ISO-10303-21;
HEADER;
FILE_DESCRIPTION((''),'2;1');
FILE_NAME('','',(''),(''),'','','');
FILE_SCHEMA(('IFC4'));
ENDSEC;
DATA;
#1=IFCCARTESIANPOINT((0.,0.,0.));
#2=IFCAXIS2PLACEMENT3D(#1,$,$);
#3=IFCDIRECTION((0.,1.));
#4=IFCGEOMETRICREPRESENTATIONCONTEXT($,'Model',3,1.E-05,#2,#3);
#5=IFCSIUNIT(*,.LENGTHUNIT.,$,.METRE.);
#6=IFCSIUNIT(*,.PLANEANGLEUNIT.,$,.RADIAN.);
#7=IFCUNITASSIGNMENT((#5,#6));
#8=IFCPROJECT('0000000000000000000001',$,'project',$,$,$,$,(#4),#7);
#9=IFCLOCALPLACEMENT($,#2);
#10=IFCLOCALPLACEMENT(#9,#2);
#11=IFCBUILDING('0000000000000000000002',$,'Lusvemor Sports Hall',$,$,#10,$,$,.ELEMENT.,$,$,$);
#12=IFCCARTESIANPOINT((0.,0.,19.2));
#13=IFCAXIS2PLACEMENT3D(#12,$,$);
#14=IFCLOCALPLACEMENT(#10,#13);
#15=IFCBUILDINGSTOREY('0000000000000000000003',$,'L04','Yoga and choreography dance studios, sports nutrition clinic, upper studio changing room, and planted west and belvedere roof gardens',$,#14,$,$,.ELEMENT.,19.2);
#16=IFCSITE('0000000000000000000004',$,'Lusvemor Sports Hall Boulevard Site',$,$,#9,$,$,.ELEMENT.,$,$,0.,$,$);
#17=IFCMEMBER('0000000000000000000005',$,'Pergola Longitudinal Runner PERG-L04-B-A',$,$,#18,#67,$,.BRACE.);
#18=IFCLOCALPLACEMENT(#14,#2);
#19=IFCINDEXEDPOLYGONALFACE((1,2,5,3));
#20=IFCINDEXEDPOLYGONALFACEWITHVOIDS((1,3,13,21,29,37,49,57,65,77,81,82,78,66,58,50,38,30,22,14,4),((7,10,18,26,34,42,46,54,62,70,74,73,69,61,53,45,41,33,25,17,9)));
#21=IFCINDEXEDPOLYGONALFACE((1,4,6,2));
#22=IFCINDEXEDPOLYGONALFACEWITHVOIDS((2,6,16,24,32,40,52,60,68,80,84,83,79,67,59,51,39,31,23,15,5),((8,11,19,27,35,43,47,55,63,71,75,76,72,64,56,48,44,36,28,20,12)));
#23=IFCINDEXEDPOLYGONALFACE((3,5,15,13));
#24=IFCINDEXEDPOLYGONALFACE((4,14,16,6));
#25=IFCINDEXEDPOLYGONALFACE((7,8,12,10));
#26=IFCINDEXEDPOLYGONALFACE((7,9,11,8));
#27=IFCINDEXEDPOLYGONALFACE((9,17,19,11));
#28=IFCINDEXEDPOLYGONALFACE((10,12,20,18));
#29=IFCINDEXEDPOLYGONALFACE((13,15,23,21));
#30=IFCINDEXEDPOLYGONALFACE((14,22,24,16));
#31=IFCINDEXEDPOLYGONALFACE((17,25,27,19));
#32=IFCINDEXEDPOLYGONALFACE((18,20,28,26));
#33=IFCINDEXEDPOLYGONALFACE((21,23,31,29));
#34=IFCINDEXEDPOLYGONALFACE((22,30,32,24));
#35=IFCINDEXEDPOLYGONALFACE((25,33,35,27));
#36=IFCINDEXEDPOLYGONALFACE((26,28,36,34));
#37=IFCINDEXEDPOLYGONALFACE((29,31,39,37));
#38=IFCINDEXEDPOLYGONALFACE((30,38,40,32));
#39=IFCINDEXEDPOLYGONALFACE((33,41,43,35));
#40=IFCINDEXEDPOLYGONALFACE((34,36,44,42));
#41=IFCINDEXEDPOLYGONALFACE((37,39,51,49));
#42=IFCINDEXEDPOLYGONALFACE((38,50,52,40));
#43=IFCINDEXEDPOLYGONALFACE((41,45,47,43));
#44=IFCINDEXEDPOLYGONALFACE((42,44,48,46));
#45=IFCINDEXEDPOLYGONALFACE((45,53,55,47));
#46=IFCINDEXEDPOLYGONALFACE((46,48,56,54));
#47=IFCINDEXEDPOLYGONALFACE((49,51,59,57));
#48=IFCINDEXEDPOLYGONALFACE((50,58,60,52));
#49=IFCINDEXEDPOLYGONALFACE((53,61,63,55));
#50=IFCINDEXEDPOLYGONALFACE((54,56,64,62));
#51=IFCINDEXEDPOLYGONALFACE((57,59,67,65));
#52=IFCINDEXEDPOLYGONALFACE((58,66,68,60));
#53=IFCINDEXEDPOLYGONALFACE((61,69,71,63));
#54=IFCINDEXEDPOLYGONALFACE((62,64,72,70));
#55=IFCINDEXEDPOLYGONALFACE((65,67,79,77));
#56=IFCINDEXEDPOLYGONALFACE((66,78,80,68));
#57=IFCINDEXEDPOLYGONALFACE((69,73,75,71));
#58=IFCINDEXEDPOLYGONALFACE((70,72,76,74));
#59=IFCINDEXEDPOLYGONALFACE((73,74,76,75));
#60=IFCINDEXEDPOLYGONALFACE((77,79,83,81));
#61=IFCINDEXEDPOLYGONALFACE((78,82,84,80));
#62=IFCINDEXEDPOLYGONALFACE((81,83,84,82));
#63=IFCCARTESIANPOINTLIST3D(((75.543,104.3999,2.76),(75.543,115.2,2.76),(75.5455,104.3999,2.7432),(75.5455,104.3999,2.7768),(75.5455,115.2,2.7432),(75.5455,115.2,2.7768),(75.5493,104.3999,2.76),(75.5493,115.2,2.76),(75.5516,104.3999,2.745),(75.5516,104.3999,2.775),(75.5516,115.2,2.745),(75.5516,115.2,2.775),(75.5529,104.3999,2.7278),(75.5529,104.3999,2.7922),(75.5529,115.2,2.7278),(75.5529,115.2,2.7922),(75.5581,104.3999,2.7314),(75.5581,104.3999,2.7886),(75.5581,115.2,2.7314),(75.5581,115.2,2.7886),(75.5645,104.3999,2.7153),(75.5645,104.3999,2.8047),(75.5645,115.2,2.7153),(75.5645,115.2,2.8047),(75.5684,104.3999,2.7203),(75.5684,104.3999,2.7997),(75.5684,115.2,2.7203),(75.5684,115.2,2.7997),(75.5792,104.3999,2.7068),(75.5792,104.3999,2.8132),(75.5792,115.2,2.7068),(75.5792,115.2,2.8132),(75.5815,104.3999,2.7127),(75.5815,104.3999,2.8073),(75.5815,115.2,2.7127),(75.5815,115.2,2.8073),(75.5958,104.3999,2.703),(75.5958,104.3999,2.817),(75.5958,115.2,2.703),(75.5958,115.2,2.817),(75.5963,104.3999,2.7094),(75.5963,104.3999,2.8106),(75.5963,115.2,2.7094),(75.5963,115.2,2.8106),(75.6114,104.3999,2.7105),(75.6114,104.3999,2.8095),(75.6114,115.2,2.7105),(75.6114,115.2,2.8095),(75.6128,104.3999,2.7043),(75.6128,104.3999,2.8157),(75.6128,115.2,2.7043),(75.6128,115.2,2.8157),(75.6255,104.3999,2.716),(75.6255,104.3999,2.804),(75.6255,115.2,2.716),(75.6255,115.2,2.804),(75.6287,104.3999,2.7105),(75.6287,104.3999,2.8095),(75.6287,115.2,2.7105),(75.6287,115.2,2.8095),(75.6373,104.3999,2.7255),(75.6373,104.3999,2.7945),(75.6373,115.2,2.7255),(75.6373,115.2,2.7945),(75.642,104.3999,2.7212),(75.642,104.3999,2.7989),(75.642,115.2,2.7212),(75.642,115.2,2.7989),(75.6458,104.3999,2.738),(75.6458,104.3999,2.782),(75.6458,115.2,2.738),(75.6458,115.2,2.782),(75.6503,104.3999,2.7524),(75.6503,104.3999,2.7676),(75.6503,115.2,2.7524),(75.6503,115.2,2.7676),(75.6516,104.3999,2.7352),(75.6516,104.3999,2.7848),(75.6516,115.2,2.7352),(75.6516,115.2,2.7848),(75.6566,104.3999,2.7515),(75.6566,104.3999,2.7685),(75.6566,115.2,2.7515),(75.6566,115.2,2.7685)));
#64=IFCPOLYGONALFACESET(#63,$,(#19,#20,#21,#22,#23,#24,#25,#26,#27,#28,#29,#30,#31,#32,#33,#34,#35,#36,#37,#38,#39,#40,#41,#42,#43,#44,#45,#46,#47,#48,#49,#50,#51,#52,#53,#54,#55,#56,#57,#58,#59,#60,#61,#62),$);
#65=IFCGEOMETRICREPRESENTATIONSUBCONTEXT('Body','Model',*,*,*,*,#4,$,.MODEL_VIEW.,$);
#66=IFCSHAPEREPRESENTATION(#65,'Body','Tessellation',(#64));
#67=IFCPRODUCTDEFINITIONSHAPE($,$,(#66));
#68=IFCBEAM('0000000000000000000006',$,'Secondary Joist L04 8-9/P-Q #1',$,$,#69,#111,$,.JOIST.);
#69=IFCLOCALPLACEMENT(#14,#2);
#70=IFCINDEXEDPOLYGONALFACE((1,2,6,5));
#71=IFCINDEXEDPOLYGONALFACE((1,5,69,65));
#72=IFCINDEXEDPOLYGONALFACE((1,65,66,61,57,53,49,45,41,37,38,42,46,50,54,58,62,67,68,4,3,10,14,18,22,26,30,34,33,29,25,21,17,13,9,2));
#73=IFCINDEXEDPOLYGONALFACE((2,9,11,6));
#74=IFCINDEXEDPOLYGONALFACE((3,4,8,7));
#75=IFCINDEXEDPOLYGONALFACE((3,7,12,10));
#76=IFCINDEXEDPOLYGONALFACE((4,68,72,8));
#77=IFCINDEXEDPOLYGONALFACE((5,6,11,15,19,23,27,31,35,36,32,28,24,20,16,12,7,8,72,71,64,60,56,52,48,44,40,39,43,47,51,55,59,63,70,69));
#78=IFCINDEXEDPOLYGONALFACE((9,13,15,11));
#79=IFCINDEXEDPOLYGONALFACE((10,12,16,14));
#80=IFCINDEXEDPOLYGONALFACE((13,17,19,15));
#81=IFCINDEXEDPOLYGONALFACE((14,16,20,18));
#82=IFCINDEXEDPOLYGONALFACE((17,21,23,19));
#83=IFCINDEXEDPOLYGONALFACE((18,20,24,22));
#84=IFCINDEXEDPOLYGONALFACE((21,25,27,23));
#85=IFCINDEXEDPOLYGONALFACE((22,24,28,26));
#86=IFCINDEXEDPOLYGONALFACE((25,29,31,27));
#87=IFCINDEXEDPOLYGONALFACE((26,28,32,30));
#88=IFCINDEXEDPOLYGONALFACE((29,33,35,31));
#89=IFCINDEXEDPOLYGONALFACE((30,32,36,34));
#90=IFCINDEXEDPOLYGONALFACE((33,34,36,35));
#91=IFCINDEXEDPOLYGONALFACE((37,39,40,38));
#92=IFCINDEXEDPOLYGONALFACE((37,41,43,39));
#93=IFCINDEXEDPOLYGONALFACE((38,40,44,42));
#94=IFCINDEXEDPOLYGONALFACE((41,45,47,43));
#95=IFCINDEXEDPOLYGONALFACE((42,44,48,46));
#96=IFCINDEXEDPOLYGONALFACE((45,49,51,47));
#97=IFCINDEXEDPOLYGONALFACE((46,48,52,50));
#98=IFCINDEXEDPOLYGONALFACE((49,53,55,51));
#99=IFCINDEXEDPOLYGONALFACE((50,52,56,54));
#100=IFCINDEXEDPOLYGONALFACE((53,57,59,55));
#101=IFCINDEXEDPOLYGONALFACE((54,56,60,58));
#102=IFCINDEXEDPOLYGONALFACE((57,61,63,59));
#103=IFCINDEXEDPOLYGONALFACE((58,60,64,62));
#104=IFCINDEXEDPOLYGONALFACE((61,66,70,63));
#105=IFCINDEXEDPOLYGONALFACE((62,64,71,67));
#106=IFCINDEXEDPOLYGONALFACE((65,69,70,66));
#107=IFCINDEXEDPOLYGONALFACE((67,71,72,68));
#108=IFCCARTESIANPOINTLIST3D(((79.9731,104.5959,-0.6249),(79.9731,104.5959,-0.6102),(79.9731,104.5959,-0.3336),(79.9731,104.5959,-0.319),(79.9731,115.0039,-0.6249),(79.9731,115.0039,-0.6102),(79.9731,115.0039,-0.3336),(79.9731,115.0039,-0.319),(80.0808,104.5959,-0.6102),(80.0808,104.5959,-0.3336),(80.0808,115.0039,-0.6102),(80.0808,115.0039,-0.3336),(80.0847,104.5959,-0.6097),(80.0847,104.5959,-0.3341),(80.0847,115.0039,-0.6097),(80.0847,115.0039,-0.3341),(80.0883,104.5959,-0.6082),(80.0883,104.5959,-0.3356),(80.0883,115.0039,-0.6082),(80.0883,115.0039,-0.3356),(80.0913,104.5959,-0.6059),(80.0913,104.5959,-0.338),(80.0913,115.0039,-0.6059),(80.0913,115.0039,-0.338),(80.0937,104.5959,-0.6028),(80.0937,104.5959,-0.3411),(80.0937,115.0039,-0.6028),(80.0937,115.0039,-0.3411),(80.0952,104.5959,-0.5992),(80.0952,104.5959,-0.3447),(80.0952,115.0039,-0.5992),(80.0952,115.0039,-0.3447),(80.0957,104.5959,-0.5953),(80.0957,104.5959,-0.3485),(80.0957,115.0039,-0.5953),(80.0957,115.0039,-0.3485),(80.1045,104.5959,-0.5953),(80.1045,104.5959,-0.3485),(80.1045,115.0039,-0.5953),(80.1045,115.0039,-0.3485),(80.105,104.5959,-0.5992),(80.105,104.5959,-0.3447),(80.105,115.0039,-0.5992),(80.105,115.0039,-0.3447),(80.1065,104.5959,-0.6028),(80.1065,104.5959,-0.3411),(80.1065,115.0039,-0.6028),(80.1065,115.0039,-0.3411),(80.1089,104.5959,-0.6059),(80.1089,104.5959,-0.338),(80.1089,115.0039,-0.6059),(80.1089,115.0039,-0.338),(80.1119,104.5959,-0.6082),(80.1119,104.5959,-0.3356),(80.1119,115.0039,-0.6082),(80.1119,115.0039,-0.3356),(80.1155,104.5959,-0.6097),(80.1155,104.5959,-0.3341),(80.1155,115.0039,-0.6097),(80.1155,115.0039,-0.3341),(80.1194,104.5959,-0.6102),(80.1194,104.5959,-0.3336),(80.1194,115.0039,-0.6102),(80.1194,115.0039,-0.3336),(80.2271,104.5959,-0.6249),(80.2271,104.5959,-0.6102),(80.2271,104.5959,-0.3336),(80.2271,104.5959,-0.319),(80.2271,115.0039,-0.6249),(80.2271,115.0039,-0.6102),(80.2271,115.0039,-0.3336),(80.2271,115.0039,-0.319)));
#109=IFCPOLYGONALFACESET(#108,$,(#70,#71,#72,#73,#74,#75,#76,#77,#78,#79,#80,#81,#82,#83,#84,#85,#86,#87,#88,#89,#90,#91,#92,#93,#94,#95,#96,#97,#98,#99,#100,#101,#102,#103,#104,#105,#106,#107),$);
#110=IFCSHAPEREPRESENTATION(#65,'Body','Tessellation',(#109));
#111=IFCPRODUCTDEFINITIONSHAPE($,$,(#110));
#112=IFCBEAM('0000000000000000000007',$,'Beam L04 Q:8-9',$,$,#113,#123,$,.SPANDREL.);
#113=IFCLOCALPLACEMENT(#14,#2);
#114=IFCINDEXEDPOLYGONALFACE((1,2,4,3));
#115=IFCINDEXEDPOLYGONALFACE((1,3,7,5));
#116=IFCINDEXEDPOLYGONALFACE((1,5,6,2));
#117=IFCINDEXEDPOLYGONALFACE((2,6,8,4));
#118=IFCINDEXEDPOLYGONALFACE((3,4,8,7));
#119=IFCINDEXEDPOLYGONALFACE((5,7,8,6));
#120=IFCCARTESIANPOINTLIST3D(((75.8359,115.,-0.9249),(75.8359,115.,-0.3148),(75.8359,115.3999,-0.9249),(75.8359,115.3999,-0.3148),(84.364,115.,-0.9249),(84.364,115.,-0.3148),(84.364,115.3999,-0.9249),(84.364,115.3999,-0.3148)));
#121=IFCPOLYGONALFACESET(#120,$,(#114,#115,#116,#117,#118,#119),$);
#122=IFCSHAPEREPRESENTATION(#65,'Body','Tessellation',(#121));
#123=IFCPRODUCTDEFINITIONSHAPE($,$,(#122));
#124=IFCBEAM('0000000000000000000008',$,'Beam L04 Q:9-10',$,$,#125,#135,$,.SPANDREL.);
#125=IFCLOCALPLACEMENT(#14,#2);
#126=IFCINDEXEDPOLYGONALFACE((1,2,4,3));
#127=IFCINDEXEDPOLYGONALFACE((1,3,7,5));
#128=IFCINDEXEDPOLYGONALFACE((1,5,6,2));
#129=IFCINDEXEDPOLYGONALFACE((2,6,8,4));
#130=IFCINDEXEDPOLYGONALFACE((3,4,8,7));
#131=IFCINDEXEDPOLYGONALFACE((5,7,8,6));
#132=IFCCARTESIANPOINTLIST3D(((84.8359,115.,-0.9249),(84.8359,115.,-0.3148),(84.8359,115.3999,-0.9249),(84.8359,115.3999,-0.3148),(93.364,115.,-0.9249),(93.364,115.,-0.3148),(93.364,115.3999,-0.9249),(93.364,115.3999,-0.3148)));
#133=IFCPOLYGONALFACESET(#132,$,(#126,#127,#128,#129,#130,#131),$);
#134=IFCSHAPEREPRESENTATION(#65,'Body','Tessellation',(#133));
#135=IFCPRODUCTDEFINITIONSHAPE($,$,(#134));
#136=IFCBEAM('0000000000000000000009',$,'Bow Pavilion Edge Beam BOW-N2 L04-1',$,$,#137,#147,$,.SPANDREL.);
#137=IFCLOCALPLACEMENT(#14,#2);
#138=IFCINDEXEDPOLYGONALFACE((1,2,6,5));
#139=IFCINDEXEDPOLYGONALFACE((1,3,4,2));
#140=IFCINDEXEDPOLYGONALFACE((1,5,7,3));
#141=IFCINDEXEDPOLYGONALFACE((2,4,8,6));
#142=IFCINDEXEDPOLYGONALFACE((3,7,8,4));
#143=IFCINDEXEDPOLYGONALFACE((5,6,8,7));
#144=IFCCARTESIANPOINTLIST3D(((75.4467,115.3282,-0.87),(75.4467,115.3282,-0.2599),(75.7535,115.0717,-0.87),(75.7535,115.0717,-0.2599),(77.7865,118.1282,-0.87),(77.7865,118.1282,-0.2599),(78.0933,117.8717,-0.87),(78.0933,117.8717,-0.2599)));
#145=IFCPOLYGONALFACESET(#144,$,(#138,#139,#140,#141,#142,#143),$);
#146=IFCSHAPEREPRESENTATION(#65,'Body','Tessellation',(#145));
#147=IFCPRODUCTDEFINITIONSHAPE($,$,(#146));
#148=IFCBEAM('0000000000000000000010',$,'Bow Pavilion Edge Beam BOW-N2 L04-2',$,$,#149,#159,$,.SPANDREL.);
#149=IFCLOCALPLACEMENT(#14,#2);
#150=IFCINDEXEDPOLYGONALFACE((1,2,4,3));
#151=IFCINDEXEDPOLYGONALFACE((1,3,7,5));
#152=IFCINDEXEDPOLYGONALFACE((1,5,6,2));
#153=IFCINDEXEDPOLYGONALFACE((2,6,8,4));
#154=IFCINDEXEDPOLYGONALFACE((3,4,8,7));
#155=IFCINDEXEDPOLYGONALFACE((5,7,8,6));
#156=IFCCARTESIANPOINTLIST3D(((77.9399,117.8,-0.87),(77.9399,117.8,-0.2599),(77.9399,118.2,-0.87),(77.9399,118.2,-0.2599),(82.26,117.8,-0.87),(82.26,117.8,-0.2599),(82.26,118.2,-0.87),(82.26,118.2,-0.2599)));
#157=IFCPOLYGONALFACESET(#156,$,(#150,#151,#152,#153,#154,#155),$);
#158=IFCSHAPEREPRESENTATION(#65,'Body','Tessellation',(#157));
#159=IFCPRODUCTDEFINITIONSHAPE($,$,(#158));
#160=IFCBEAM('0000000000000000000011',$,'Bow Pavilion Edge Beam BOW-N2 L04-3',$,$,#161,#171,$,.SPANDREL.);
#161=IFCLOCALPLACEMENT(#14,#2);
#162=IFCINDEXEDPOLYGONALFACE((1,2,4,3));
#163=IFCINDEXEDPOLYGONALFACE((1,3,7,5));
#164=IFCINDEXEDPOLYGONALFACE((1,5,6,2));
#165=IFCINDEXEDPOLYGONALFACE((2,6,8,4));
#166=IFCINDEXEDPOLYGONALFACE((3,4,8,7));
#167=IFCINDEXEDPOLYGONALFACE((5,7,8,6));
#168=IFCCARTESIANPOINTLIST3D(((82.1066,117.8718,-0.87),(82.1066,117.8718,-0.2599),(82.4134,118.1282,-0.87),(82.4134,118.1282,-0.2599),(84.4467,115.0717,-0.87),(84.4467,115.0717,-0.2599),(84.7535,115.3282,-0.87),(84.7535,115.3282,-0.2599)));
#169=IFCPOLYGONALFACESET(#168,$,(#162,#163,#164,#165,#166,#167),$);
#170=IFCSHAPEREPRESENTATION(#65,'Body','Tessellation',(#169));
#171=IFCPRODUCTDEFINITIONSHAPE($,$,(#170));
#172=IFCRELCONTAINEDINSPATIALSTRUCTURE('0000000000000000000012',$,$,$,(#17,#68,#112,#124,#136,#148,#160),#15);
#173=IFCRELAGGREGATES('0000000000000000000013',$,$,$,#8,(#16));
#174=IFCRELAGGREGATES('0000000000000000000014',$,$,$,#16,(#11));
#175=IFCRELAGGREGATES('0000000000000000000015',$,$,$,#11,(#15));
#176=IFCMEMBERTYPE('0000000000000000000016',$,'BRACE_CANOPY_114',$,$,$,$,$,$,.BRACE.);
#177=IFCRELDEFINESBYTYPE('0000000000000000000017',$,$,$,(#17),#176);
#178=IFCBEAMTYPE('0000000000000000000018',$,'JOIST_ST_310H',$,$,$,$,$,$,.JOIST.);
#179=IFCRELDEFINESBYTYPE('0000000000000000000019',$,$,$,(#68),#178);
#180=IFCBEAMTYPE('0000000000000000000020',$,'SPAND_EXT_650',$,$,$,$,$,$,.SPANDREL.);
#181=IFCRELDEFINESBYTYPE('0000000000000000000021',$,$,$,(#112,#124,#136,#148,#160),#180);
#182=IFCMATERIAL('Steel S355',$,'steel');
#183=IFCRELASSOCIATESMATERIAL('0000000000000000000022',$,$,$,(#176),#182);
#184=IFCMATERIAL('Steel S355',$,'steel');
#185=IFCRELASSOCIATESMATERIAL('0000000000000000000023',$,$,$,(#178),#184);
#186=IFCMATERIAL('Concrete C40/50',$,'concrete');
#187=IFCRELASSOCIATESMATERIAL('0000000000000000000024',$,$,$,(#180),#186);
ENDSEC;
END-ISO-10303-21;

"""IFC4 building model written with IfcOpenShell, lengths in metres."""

from ifc_helpers import new_model, si_unit, direction, frame, origin, origin_2d, place, context, subcontext, project, spatial, rectangle, hollow_circle, i_section, extrude, material, material_profile, profile_set, type_object, element, save


model = new_model("IFC4")

# Units and contexts
model_context = context("Model", 3, precision=1e-05, world=origin(), true_north=direction((0.0, 1.0)))
body_context = subcontext(model_context, "Body", "Model", "MODEL_VIEW")
ifc_project = project(units=[si_unit("LENGTHUNIT", "METRE"), si_unit("PLANEANGLEUNIT", "RADIAN")], contexts=[model_context])

# Site, building, storey
site_placement = place(None, origin())
site = spatial("IfcSite", under=ifc_project, at=site_placement, Name="Lusvemor Sports Hall Boulevard Site", CompositionType="ELEMENT", RefElevation=0.0)
building_placement = place(site_placement, origin())
building = spatial("IfcBuilding", under=site, at=building_placement, Name="Lusvemor Sports Hall", CompositionType="ELEMENT")
storey_placement = place(building_placement, frame((0.0, 0.0, 19.2)))
storey = spatial("IfcBuildingStorey", under=building, at=storey_placement, Name="L04", Description="Yoga and choreography dance studios, sports nutrition clinic, upper studio changing room, and planted west and belvedere roof gardens", CompositionType="ELEMENT", Elevation=19.2)

# Member
ifc_material_1 = material(Name="Steel S355", Category="steel")
ifc_material_profile_1 = material_profile(ifc_material_1, hollow_circle(Radius=0.0571, WallThickness=0.0063, at=origin_2d()), Name="CHS114.3x6.3")
ifc_profile_set_1 = profile_set([ifc_material_profile_1], Name="Steel S355")
member_type_1 = type_object("IfcMemberType", Name="BRACE_CANOPY_114", PredefinedType="BRACE", material=ifc_profile_set_1)
member_placement = place(storey_placement, frame((75.6001, 104.3999, 2.76), z_axis=(0.0, 1.0, 0.0), x_axis=(-1.0, 0.0, 0.0)))
element("IfcMember", 1, at=member_placement, inside=storey, type_object=member_type_1, Name="Pergola Longitudinal Runner PERG-L04-B-A", PredefinedType="BRACE", context=body_context, shape_type="SweptSolid", body=[
    extrude(hollow_circle(Radius=0.0571, WallThickness=0.0063, at=origin_2d()), origin(), (0.0, 0.0, 1.0), 10.8),
])

# Beams
ifc_material_2 = material(Name="Steel S355", Category="steel")
ifc_material_profile_2 = material_profile(ifc_material_2, i_section(OverallWidth=0.2539, OverallDepth=0.3059, WebThickness=0.0088, FlangeThickness=0.0146, FilletRadius=0.0149, at=origin_2d()), Name="W310x79.0")
ifc_profile_set_2 = profile_set([ifc_material_profile_2], Name="Steel S355")
beam_type_1 = type_object("IfcBeamType", Name="JOIST_ST_310H", PredefinedType="JOIST", material=ifc_profile_set_2)
beam_1_placement = place(storey_placement, frame((80.1001, 104.5959, -0.4719), z_axis=(0.0, 1.0, 0.0), x_axis=(-1.0, 0.0, 0.0)))
element("IfcBeam", 2, at=beam_1_placement, inside=storey, type_object=beam_type_1, Name="Secondary Joist L04 8-9/P-Q #1", PredefinedType="JOIST", context=body_context, shape_type="SweptSolid", body=[
    extrude(i_section(OverallWidth=0.2539, OverallDepth=0.3059, WebThickness=0.0088, FlangeThickness=0.0146, FilletRadius=0.0149, at=origin_2d()), origin(), (0.0, 0.0, 1.0), 10.408),
])
ifc_material_3 = material(Name="Concrete C40/50", Category="concrete")
ifc_material_profile_3 = material_profile(ifc_material_3, rectangle(XDim=0.3999, YDim=0.6101, at=origin_2d()), Name="RC400x610")
ifc_profile_set_3 = profile_set([ifc_material_profile_3], Name="Concrete C40/50")
beam_type_2 = type_object("IfcBeamType", Name="SPAND_EXT_650", PredefinedType="SPANDREL", material=ifc_profile_set_3)
for number, where, z_axis, x_axis, name in (
    (3, (75.8359, 115.2, -0.6199), (1.0, 0.0, 0.0), (0.0, 1.0, 0.0), "Beam L04 Q:8-9"),
    (4, (84.8359, 115.2, -0.6199), (1.0, 0.0, 0.0), (0.0, 1.0, 0.0), "Beam L04 Q:9-10"),
):
    element("IfcBeam", number, at=place(storey_placement, frame(where, z_axis=z_axis, x_axis=x_axis)), inside=storey, type_object=beam_type_2, Name=name, PredefinedType="SPANDREL", context=body_context, shape_type="SweptSolid", body=[
        extrude(rectangle(XDim=0.3999, YDim=0.6101, at=origin_2d()), origin(), (0.0, 0.0, 1.0), 8.5281),
    ])
beam_2_placement = place(storey_placement, frame((75.6001, 115.2, -0.5649), z_axis=(0.64123, 0.767349, 0.0), x_axis=(-0.767349, 0.64123, 0.0)))
element("IfcBeam", 5, at=beam_2_placement, inside=storey, type_object=beam_type_2, Name="Bow Pavilion Edge Beam BOW-N2 L04-1", PredefinedType="SPANDREL", context=body_context, shape_type="SweptSolid", body=[
    extrude(rectangle(XDim=0.3999, YDim=0.6101, at=origin_2d()), origin(), (0.0, 0.0, 1.0), 3.6489),
])
beam_3_placement = place(storey_placement, frame((77.9399, 118.0, -0.5649), z_axis=(1.0, 0.0, 0.0), x_axis=(0.0, 1.0, 0.0)))
element("IfcBeam", 6, at=beam_3_placement, inside=storey, type_object=beam_type_2, Name="Bow Pavilion Edge Beam BOW-N2 L04-2", PredefinedType="SPANDREL", context=body_context, shape_type="SweptSolid", body=[
    extrude(rectangle(XDim=0.3999, YDim=0.6101, at=origin_2d()), origin(), (0.0, 0.0, 1.0), 4.3201),
])
beam_4_placement = place(storey_placement, frame((82.26, 118.0, -0.5649), z_axis=(0.64127, -0.767316, 0.0), x_axis=(0.767316, 0.64127, 0.0)))
element("IfcBeam", 7, at=beam_4_placement, inside=storey, type_object=beam_type_2, Name="Bow Pavilion Edge Beam BOW-N2 L04-3", PredefinedType="SPANDREL", context=body_context, shape_type="SweptSolid", body=[
    extrude(rectangle(XDim=0.3999, YDim=0.6101, at=origin_2d()), origin(), (0.0, 0.0, 1.0), 3.6492),
])

save(model, "model.ifc")
